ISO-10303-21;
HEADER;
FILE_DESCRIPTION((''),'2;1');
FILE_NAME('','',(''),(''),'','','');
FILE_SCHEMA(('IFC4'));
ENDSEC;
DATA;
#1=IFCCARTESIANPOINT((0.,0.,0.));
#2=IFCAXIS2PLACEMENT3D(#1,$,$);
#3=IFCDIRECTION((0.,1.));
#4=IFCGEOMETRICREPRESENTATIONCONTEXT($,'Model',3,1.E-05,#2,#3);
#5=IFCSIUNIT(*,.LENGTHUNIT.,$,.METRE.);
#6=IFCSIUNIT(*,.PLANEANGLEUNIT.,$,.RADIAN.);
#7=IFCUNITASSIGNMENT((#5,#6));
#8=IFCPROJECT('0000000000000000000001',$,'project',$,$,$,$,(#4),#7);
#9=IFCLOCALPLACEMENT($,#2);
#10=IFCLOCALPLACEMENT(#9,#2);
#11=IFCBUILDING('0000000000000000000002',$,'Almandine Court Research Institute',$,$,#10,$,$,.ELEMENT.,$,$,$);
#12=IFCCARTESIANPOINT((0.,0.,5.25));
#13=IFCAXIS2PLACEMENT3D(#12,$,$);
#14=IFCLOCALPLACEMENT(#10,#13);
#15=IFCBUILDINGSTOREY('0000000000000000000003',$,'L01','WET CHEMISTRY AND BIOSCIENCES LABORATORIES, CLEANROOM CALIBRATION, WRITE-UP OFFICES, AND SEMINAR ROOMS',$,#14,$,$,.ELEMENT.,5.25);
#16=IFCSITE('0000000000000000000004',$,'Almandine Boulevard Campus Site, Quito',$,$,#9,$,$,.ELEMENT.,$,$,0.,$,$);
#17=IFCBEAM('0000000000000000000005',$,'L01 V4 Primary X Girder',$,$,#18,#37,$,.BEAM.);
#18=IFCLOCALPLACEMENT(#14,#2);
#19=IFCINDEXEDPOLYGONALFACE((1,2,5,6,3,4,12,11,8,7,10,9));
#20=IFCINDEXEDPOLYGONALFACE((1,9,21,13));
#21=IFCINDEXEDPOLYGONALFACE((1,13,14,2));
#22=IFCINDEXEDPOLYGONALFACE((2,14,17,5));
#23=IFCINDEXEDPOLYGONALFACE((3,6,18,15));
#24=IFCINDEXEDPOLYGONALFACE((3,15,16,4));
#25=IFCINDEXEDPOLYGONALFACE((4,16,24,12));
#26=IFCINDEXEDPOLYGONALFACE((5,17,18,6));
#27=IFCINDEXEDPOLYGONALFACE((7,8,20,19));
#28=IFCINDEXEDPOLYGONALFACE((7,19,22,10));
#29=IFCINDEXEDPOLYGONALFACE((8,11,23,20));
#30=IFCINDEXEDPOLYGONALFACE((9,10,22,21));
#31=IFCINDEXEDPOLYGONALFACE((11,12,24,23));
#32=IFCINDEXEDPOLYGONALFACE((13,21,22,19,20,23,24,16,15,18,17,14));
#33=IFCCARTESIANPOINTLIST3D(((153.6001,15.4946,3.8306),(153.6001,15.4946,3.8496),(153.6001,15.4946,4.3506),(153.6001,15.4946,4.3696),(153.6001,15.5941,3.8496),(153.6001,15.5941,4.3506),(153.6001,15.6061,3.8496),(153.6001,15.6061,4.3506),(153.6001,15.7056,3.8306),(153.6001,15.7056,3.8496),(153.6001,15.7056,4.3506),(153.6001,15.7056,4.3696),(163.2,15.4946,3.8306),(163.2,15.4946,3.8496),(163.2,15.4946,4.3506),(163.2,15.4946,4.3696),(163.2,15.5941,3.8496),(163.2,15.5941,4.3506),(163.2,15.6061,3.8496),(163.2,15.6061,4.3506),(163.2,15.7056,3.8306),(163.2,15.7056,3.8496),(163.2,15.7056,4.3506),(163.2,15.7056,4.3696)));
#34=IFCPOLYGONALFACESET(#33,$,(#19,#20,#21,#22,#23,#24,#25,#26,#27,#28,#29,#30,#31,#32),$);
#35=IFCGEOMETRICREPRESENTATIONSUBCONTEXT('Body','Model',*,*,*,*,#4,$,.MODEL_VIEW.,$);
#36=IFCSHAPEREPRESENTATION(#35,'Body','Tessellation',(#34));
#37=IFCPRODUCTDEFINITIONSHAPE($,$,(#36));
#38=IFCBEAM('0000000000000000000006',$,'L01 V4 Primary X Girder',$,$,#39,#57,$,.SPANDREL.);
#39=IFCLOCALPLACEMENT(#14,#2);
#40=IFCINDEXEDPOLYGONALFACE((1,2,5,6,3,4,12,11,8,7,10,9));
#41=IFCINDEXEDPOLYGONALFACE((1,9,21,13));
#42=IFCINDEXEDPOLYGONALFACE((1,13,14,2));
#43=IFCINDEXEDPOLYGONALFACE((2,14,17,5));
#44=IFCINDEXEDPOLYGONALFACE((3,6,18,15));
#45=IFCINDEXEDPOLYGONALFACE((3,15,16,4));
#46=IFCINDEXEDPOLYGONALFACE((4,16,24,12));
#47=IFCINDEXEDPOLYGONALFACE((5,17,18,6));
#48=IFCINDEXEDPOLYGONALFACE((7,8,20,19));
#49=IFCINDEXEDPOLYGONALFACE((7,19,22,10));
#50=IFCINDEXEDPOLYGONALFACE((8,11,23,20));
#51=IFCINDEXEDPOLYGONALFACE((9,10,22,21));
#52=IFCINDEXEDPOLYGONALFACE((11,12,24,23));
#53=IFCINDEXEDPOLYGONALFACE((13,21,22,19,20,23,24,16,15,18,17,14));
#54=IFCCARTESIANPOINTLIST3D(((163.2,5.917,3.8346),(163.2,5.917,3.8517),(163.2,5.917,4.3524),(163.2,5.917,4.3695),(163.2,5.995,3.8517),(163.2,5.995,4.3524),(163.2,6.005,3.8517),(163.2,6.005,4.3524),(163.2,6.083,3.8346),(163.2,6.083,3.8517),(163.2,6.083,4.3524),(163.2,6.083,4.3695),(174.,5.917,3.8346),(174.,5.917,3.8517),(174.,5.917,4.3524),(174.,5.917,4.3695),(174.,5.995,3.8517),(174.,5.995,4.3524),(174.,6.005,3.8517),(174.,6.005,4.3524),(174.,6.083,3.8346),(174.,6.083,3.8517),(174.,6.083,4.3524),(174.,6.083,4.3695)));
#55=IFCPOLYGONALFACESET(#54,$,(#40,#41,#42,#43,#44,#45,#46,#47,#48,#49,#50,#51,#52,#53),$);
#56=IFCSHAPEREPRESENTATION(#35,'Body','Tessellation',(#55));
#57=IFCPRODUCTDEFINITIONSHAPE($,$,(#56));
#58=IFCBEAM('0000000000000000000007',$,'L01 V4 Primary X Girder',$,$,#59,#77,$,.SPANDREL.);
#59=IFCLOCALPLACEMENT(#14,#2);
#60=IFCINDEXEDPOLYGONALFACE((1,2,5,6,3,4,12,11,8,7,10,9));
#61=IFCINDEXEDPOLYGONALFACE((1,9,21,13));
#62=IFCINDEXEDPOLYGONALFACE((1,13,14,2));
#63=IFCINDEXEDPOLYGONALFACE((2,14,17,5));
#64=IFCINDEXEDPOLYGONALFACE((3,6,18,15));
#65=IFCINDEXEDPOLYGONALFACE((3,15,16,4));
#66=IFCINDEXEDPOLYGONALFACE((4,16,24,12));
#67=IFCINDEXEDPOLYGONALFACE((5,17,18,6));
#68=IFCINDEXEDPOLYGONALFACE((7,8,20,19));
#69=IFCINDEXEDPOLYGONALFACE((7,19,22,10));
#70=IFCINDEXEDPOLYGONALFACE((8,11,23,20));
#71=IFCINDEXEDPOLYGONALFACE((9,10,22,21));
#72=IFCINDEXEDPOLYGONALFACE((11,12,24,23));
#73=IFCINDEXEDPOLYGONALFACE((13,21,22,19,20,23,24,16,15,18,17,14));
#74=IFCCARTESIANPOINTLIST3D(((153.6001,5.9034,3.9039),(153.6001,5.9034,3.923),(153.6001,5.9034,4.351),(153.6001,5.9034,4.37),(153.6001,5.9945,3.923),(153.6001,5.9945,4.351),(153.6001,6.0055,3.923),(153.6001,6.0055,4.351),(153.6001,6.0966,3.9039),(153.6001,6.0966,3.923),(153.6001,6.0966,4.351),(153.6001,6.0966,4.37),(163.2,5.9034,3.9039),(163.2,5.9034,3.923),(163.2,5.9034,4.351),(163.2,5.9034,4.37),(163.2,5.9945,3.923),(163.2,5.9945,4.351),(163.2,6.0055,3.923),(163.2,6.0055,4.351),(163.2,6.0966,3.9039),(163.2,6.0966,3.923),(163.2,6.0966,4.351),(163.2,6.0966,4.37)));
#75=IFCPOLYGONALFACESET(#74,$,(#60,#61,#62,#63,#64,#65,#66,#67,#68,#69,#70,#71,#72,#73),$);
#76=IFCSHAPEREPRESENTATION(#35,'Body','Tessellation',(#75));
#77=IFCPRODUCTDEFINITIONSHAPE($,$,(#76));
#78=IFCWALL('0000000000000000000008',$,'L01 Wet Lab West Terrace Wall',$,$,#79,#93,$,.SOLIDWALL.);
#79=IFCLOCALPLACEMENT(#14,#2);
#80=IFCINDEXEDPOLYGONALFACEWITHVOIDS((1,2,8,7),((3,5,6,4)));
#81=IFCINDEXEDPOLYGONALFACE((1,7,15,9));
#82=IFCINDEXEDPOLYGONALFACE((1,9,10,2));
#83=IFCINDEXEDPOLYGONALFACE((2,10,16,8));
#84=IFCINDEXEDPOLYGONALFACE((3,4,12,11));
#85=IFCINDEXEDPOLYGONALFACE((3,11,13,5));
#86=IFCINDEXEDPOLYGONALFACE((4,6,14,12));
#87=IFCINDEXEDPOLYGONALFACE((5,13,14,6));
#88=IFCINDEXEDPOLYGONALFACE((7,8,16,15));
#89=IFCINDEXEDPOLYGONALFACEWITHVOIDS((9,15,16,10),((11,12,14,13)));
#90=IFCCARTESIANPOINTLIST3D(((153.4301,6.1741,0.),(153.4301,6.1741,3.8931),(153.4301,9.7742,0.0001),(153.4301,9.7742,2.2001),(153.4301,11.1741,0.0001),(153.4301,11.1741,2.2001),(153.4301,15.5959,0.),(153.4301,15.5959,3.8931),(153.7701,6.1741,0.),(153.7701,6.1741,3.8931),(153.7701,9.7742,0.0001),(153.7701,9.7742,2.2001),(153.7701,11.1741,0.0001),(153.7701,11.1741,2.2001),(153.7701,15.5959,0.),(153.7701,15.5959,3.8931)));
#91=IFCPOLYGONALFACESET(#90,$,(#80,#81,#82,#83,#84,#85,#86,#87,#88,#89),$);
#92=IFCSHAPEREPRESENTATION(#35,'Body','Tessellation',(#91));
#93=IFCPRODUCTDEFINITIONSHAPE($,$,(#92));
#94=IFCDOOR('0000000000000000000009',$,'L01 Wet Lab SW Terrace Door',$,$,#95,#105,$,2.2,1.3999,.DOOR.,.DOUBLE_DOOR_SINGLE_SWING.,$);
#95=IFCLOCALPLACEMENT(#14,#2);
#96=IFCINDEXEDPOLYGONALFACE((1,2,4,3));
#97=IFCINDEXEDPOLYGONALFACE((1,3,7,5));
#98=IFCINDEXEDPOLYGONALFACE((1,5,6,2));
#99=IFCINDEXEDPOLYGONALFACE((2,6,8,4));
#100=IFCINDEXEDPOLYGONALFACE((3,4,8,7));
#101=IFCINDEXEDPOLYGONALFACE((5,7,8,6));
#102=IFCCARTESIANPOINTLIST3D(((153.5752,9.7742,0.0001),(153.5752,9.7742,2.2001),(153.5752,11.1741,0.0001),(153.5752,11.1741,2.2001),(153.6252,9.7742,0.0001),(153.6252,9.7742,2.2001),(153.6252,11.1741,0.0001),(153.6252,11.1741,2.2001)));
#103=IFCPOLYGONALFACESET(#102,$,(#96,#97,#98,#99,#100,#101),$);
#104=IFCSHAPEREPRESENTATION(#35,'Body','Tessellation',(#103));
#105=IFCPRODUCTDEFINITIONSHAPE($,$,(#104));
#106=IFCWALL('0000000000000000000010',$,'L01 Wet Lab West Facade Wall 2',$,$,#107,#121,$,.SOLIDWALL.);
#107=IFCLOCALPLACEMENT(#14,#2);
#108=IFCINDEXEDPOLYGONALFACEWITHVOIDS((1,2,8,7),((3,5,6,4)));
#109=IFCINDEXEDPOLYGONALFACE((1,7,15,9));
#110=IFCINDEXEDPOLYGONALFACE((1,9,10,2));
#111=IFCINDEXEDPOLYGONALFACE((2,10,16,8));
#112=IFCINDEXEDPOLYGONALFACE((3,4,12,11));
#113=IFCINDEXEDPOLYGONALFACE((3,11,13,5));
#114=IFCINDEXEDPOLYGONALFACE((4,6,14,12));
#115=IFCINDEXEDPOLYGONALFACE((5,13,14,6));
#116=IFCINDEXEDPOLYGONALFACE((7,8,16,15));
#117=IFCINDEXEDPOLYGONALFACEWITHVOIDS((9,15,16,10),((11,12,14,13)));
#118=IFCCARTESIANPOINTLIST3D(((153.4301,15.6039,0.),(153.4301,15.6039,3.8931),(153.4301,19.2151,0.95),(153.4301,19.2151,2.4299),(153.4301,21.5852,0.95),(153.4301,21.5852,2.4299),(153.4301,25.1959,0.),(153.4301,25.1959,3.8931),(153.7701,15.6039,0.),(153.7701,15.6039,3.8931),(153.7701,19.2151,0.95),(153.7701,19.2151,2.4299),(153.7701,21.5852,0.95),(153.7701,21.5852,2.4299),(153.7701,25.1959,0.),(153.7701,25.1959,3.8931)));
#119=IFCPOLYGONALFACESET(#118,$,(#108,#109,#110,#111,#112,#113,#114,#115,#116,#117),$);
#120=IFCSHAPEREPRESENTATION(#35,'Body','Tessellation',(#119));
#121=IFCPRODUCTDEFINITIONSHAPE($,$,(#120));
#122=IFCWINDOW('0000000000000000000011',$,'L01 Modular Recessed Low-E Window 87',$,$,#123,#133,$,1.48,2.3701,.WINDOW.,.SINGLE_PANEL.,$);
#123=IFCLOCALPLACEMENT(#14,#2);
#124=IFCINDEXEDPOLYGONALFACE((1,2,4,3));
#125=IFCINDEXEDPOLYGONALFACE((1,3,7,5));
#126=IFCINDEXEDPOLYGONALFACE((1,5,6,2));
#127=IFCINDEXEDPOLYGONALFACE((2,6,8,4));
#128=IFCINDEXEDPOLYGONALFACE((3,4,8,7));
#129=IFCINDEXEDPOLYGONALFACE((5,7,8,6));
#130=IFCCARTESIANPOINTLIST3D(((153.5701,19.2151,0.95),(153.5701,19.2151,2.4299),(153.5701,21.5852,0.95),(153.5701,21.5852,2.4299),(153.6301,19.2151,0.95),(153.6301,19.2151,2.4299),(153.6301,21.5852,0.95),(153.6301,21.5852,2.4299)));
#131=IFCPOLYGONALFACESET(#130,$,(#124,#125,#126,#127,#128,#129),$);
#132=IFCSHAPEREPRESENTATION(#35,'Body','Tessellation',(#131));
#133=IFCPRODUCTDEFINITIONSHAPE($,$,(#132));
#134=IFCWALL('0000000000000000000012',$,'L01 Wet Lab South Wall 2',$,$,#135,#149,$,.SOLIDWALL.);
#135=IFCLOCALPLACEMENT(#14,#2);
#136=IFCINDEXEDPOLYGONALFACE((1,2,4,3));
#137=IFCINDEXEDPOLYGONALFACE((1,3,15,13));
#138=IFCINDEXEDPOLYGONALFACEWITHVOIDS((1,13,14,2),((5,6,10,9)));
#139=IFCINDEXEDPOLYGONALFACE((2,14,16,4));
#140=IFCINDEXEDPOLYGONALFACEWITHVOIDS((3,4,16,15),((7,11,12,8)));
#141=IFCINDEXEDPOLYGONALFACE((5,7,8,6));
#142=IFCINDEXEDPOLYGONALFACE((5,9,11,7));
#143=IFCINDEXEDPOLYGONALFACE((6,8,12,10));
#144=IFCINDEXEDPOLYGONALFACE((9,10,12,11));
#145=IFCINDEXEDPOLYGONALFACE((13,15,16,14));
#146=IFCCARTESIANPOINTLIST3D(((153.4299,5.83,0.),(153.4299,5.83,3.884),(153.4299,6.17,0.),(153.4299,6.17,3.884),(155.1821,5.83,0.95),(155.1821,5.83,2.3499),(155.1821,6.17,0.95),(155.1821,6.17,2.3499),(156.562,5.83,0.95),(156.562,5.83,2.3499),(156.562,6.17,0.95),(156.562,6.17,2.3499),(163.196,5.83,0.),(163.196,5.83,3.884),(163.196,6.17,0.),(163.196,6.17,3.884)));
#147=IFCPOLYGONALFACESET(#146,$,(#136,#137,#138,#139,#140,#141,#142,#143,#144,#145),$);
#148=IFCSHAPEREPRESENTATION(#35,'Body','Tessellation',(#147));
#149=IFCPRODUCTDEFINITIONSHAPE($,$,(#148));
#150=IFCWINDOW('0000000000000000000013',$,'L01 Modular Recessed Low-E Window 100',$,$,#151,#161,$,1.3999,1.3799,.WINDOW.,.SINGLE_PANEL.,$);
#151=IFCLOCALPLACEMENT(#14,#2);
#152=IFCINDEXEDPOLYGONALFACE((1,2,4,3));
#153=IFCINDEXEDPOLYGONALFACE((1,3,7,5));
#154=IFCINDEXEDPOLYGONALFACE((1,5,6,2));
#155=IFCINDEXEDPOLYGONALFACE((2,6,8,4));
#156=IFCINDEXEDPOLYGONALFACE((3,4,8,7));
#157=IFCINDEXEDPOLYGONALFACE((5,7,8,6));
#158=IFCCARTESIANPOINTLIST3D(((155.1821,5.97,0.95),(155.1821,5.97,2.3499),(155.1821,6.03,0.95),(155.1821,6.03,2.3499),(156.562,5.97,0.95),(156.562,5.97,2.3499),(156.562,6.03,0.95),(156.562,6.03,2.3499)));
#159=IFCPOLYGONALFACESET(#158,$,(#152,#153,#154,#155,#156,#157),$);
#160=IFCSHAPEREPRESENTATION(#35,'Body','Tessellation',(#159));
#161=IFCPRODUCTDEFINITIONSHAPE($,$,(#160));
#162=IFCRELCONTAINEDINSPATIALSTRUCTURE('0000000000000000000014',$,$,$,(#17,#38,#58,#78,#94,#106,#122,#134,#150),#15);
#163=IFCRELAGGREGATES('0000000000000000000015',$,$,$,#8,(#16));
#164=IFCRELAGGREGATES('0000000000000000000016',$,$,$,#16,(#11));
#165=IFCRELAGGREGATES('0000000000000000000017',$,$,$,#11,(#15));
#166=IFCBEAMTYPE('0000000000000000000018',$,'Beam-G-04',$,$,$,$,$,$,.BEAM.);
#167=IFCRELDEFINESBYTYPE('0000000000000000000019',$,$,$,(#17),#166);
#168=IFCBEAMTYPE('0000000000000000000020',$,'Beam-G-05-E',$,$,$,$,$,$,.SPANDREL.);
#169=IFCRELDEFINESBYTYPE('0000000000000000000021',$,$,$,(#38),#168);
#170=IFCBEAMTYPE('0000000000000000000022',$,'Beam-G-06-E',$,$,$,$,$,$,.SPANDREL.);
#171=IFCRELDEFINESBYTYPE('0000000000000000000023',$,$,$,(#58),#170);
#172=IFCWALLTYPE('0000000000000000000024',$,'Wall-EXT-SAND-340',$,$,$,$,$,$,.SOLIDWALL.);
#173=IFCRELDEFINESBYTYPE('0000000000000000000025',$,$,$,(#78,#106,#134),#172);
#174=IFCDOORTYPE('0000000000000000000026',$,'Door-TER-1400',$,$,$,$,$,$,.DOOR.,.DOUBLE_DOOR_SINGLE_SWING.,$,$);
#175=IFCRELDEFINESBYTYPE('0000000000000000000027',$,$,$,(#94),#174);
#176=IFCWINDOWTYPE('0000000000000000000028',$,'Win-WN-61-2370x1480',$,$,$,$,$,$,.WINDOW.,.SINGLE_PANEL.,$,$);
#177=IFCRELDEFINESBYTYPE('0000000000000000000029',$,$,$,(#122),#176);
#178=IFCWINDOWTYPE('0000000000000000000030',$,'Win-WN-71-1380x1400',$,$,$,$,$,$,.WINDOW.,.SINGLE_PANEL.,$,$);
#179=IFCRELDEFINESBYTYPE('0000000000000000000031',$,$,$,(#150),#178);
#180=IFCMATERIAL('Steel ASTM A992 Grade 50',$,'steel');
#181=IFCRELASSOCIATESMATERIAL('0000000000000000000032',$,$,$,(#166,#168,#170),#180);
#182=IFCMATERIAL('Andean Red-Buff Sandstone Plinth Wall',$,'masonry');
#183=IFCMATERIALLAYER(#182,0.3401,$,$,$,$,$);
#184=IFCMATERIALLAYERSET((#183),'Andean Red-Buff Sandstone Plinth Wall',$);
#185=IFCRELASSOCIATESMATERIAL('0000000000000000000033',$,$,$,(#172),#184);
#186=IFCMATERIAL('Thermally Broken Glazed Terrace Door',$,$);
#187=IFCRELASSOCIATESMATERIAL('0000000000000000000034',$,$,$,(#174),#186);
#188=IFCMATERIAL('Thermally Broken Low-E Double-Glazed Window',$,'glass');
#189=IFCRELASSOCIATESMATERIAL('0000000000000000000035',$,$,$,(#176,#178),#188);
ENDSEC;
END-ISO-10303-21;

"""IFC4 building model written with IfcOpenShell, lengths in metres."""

from ifc_helpers import new_model, si_unit, direction, frame, frame_2d, origin, origin_2d, place, context, subcontext, project, spatial, rectangle, i_section, extrude, material, layer, layer_set, material_profile, profile_set, type_object, element, fill, save


model = new_model("IFC4")

# Units and contexts
model_context = context("Model", 3, precision=1e-05, world=origin(), true_north=direction((0.0, 1.0)))
body_context = subcontext(model_context, "Body", "Model", "MODEL_VIEW")
ifc_project = project(units=[si_unit("LENGTHUNIT", "METRE"), si_unit("PLANEANGLEUNIT", "RADIAN")], contexts=[model_context])

# Site, building, storey
site_placement = place(None, origin())
site = spatial("IfcSite", under=ifc_project, at=site_placement, Name="Almandine Boulevard Campus Site, Quito", CompositionType="ELEMENT", RefElevation=0.0)
building_placement = place(site_placement, origin())
building = spatial("IfcBuilding", under=site, at=building_placement, Name="Almandine Court Research Institute", CompositionType="ELEMENT")
storey_placement = place(building_placement, frame((0.0, 0.0, 5.25)))
storey = spatial("IfcBuildingStorey", under=building, at=storey_placement, Name="L01", Description="WET CHEMISTRY AND BIOSCIENCES LABORATORIES, CLEANROOM CALIBRATION, WRITE-UP OFFICES, AND SEMINAR ROOMS", CompositionType="ELEMENT", Elevation=5.25)

# Shared definitions
ifc_material_1 = material(Name="Steel ASTM A992 Grade 50", Category="steel")

# Beams
ifc_material_profile_1 = material_profile(ifc_material_1, i_section(OverallWidth=0.2109, OverallDepth=0.5391, WebThickness=0.012, FlangeThickness=0.019, at=origin_2d()), Name="W530x109")
ifc_profile_set_1 = profile_set([ifc_material_profile_1], Name="Steel ASTM A992 Grade 50")
beam_type_1 = type_object("IfcBeamType", Name="Beam-G-04", PredefinedType="BEAM", material=ifc_profile_set_1)
beam_1_placement = place(storey_placement, frame((153.6001, 15.6001, 4.1001), z_axis=(1.0, 0.0, 0.0), x_axis=(0.0, 1.0, 0.0)))
element("IfcBeam", 1, at=beam_1_placement, inside=storey, type_object=beam_type_1, Name="L01 V4 Primary X Girder", PredefinedType="BEAM", context=body_context, shape_type="SweptSolid", body=[
    extrude(i_section(OverallWidth=0.2109, OverallDepth=0.5391, WebThickness=0.012, FlangeThickness=0.019, at=origin_2d()), origin(), (0.0, 0.0, 1.0), 9.5999),
])
ifc_material_profile_2 = material_profile(ifc_material_1, i_section(OverallWidth=0.166, OverallDepth=0.5349, WebThickness=0.01, FlangeThickness=0.0171, at=origin_2d()), Name="W530x85")
ifc_profile_set_2 = profile_set([ifc_material_profile_2], Name="Steel ASTM A992 Grade 50")
beam_type_2 = type_object("IfcBeamType", Name="Beam-G-05-E", PredefinedType="SPANDREL", material=ifc_profile_set_2)
beam_2_placement = place(storey_placement, frame((163.2, 6.0, 4.1021), z_axis=(1.0, 0.0, 0.0), x_axis=(0.0, 1.0, 0.0)))
element("IfcBeam", 2, at=beam_2_placement, inside=storey, type_object=beam_type_2, Name="L01 V4 Primary X Girder", PredefinedType="SPANDREL", context=body_context, shape_type="SweptSolid", body=[
    extrude(i_section(OverallWidth=0.166, OverallDepth=0.5349, WebThickness=0.01, FlangeThickness=0.0171, at=origin_2d()), origin(), (0.0, 0.0, 1.0), 10.8),
])
ifc_material_profile_3 = material_profile(ifc_material_1, i_section(OverallWidth=0.1931, OverallDepth=0.4661, WebThickness=0.011, FlangeThickness=0.019, at=origin_2d()), Name="W460x97")
ifc_profile_set_3 = profile_set([ifc_material_profile_3], Name="Steel ASTM A992 Grade 50")
beam_type_3 = type_object("IfcBeamType", Name="Beam-G-06-E", PredefinedType="SPANDREL", material=ifc_profile_set_3)
beam_3_placement = place(storey_placement, frame((153.6001, 6.0, 4.137), z_axis=(1.0, 0.0, 0.0), x_axis=(0.0, 1.0, 0.0)))
element("IfcBeam", 3, at=beam_3_placement, inside=storey, type_object=beam_type_3, Name="L01 V4 Primary X Girder", PredefinedType="SPANDREL", context=body_context, shape_type="SweptSolid", body=[
    extrude(i_section(OverallWidth=0.1931, OverallDepth=0.4661, WebThickness=0.011, FlangeThickness=0.019, at=origin_2d()), origin(), (0.0, 0.0, 1.0), 9.5999),
])

# Wall, opening, door
ifc_material_2 = material(Name="Andean Red-Buff Sandstone Plinth Wall", Category="masonry")
ifc_layer_1 = layer(ifc_material_2, 0.3401)
ifc_layer_set_1 = layer_set([ifc_layer_1], Name="Andean Red-Buff Sandstone Plinth Wall")
wall_type_1 = type_object("IfcWallType", Name="Wall-EXT-SAND-340", PredefinedType="SOLIDWALL", material=ifc_layer_set_1)
wall_1_placement = place(storey_placement, frame((153.6001, 6.1741, 0.0), z_axis=(0.0, 0.0, 1.0), x_axis=(0.0, 1.0, 0.0)))
wall_1 = element("IfcWall", 4, at=wall_1_placement, inside=storey, type_object=wall_type_1, Name="L01 Wet Lab West Terrace Wall", PredefinedType="SOLIDWALL", context=body_context, shape_type="SweptSolid", body=[
    extrude(rectangle(XDim=9.4219, YDim=0.3401, at=frame_2d((4.7109, 0.0))), origin(), (0.0, 0.0, 1.0), 3.8931),
])
opening_1_placement = place(wall_1_placement, frame((3.6001, 0.0, 0.0)))
opening_1 = element("IfcOpeningElement", 5, at=opening_1_placement, cuts=wall_1, PredefinedType="OPENING", context=body_context, shape_type="SweptSolid", body=[
    extrude(rectangle(XDim=1.3999, YDim=2.2, at=frame_2d((0.7, 1.1001))), frame((0.0, 0.1799, 0.0), z_axis=(0.0, -1.0, 0.0), x_axis=(1.0, 0.0, 0.0)), (0.0, 0.0, 1.0), 0.3601),
])
ifc_material_3 = material(Name="Thermally Broken Glazed Terrace Door")
door_type_1 = type_object("IfcDoorType", Name="Door-TER-1400", OperationType="DOUBLE_DOOR_SINGLE_SWING", PredefinedType="DOOR", material=ifc_material_3)
door_1_placement = place(opening_1_placement, origin())
door_1 = element("IfcDoor", 6, at=door_1_placement, inside=storey, type_object=door_type_1, Name="L01 Wet Lab SW Terrace Door", OperationType="DOUBLE_DOOR_SINGLE_SWING", OverallHeight=2.2, OverallWidth=1.3999, PredefinedType="DOOR", context=body_context, shape_type="SweptSolid", body=[
    extrude(rectangle(XDim=1.3999, YDim=2.2, at=frame_2d((0.7, 1.1001))), frame((0.0, 0.0249, 0.0), z_axis=(0.0, -1.0, 0.0), x_axis=(1.0, 0.0, 0.0)), (0.0, 0.0, 1.0), 0.05),
])
fill(opening_1, door_1)

# Walls, openings, windows
wall_2_placement = place(storey_placement, frame((153.6001, 15.604, 0.0), z_axis=(0.0, 0.0, 1.0), x_axis=(0.0, 1.0, 0.0)))
wall_2 = element("IfcWall", 7, at=wall_2_placement, inside=storey, type_object=wall_type_1, Name="L01 Wet Lab West Facade Wall 2", PredefinedType="SOLIDWALL", context=body_context, shape_type="SweptSolid", body=[
    extrude(rectangle(XDim=9.592, YDim=0.3401, at=frame_2d((4.7959, 0.0))), origin(), (0.0, 0.0, 1.0), 3.8931),
])
opening_2_placement = place(wall_2_placement, frame((3.6111, 0.0, 0.95)))
opening_2 = element("IfcOpeningElement", 8, at=opening_2_placement, cuts=wall_2, PredefinedType="OPENING", context=body_context, shape_type="SweptSolid", body=[
    extrude(rectangle(XDim=2.3701, YDim=1.48, at=frame_2d((1.1851, 0.74))), frame((0.0, 0.1799, 0.0), z_axis=(0.0, -1.0, 0.0), x_axis=(1.0, 0.0, 0.0)), (0.0, 0.0, 1.0), 0.3601),
])
ifc_material_4 = material(Name="Thermally Broken Low-E Double-Glazed Window", Category="glass")
window_type_1 = type_object("IfcWindowType", Name="Win-WN-61-2370x1480", PartitioningType="SINGLE_PANEL", PredefinedType="WINDOW", material=ifc_material_4)
window_1_placement = place(opening_2_placement, origin())
window_1 = element("IfcWindow", 9, at=window_1_placement, inside=storey, type_object=window_type_1, Name="L01 Modular Recessed Low-E Window 87", OverallHeight=1.48, OverallWidth=2.3701, PartitioningType="SINGLE_PANEL", PredefinedType="WINDOW", context=body_context, shape_type="SweptSolid", body=[
    extrude(rectangle(XDim=2.3701, YDim=1.48, at=frame_2d((1.1851, 0.74))), frame((0.0, 0.03, 0.0), z_axis=(0.0, -1.0, 0.0), x_axis=(1.0, 0.0, 0.0)), (0.0, 0.0, 1.0), 0.0601),
])
fill(opening_2, window_1)
wall_3_placement = place(storey_placement, frame((163.196, 6.0, 0.0), z_axis=(0.0, 0.0, 1.0), x_axis=(-1.0, 0.0, 0.0)))
wall_3 = element("IfcWall", 10, at=wall_3_placement, inside=storey, type_object=wall_type_1, Name="L01 Wet Lab South Wall 2", PredefinedType="SOLIDWALL", context=body_context, shape_type="SweptSolid", body=[
    extrude(rectangle(XDim=9.7661, YDim=0.3401, at=frame_2d((4.8831, 0.0))), origin(), (0.0, 0.0, 1.0), 3.884),
])
opening_3_placement = place(wall_3_placement, frame((6.634, 0.0, 0.95)))
opening_3 = element("IfcOpeningElement", 11, at=opening_3_placement, cuts=wall_3, PredefinedType="OPENING", context=body_context, shape_type="SweptSolid", body=[
    extrude(rectangle(XDim=1.3799, YDim=1.3999, at=frame_2d((0.6899, 0.7))), frame((0.0, 0.1799, 0.0), z_axis=(0.0, -1.0, 0.0), x_axis=(1.0, 0.0, 0.0)), (0.0, 0.0, 1.0), 0.3601),
])
window_type_2 = type_object("IfcWindowType", Name="Win-WN-71-1380x1400", PartitioningType="SINGLE_PANEL", PredefinedType="WINDOW", material=ifc_material_4)
window_2_placement = place(opening_3_placement, origin())
window_2 = element("IfcWindow", 12, at=window_2_placement, inside=storey, type_object=window_type_2, Name="L01 Modular Recessed Low-E Window 100", OverallHeight=1.3999, OverallWidth=1.3799, PartitioningType="SINGLE_PANEL", PredefinedType="WINDOW", context=body_context, shape_type="SweptSolid", body=[
    extrude(rectangle(XDim=1.3799, YDim=1.3999, at=frame_2d((0.6899, 0.7))), frame((0.0, 0.03, 0.0), z_axis=(0.0, -1.0, 0.0), x_axis=(1.0, 0.0, 0.0)), (0.0, 0.0, 1.0), 0.0601),
])
fill(opening_3, window_2)

save(model, "model.ifc")
